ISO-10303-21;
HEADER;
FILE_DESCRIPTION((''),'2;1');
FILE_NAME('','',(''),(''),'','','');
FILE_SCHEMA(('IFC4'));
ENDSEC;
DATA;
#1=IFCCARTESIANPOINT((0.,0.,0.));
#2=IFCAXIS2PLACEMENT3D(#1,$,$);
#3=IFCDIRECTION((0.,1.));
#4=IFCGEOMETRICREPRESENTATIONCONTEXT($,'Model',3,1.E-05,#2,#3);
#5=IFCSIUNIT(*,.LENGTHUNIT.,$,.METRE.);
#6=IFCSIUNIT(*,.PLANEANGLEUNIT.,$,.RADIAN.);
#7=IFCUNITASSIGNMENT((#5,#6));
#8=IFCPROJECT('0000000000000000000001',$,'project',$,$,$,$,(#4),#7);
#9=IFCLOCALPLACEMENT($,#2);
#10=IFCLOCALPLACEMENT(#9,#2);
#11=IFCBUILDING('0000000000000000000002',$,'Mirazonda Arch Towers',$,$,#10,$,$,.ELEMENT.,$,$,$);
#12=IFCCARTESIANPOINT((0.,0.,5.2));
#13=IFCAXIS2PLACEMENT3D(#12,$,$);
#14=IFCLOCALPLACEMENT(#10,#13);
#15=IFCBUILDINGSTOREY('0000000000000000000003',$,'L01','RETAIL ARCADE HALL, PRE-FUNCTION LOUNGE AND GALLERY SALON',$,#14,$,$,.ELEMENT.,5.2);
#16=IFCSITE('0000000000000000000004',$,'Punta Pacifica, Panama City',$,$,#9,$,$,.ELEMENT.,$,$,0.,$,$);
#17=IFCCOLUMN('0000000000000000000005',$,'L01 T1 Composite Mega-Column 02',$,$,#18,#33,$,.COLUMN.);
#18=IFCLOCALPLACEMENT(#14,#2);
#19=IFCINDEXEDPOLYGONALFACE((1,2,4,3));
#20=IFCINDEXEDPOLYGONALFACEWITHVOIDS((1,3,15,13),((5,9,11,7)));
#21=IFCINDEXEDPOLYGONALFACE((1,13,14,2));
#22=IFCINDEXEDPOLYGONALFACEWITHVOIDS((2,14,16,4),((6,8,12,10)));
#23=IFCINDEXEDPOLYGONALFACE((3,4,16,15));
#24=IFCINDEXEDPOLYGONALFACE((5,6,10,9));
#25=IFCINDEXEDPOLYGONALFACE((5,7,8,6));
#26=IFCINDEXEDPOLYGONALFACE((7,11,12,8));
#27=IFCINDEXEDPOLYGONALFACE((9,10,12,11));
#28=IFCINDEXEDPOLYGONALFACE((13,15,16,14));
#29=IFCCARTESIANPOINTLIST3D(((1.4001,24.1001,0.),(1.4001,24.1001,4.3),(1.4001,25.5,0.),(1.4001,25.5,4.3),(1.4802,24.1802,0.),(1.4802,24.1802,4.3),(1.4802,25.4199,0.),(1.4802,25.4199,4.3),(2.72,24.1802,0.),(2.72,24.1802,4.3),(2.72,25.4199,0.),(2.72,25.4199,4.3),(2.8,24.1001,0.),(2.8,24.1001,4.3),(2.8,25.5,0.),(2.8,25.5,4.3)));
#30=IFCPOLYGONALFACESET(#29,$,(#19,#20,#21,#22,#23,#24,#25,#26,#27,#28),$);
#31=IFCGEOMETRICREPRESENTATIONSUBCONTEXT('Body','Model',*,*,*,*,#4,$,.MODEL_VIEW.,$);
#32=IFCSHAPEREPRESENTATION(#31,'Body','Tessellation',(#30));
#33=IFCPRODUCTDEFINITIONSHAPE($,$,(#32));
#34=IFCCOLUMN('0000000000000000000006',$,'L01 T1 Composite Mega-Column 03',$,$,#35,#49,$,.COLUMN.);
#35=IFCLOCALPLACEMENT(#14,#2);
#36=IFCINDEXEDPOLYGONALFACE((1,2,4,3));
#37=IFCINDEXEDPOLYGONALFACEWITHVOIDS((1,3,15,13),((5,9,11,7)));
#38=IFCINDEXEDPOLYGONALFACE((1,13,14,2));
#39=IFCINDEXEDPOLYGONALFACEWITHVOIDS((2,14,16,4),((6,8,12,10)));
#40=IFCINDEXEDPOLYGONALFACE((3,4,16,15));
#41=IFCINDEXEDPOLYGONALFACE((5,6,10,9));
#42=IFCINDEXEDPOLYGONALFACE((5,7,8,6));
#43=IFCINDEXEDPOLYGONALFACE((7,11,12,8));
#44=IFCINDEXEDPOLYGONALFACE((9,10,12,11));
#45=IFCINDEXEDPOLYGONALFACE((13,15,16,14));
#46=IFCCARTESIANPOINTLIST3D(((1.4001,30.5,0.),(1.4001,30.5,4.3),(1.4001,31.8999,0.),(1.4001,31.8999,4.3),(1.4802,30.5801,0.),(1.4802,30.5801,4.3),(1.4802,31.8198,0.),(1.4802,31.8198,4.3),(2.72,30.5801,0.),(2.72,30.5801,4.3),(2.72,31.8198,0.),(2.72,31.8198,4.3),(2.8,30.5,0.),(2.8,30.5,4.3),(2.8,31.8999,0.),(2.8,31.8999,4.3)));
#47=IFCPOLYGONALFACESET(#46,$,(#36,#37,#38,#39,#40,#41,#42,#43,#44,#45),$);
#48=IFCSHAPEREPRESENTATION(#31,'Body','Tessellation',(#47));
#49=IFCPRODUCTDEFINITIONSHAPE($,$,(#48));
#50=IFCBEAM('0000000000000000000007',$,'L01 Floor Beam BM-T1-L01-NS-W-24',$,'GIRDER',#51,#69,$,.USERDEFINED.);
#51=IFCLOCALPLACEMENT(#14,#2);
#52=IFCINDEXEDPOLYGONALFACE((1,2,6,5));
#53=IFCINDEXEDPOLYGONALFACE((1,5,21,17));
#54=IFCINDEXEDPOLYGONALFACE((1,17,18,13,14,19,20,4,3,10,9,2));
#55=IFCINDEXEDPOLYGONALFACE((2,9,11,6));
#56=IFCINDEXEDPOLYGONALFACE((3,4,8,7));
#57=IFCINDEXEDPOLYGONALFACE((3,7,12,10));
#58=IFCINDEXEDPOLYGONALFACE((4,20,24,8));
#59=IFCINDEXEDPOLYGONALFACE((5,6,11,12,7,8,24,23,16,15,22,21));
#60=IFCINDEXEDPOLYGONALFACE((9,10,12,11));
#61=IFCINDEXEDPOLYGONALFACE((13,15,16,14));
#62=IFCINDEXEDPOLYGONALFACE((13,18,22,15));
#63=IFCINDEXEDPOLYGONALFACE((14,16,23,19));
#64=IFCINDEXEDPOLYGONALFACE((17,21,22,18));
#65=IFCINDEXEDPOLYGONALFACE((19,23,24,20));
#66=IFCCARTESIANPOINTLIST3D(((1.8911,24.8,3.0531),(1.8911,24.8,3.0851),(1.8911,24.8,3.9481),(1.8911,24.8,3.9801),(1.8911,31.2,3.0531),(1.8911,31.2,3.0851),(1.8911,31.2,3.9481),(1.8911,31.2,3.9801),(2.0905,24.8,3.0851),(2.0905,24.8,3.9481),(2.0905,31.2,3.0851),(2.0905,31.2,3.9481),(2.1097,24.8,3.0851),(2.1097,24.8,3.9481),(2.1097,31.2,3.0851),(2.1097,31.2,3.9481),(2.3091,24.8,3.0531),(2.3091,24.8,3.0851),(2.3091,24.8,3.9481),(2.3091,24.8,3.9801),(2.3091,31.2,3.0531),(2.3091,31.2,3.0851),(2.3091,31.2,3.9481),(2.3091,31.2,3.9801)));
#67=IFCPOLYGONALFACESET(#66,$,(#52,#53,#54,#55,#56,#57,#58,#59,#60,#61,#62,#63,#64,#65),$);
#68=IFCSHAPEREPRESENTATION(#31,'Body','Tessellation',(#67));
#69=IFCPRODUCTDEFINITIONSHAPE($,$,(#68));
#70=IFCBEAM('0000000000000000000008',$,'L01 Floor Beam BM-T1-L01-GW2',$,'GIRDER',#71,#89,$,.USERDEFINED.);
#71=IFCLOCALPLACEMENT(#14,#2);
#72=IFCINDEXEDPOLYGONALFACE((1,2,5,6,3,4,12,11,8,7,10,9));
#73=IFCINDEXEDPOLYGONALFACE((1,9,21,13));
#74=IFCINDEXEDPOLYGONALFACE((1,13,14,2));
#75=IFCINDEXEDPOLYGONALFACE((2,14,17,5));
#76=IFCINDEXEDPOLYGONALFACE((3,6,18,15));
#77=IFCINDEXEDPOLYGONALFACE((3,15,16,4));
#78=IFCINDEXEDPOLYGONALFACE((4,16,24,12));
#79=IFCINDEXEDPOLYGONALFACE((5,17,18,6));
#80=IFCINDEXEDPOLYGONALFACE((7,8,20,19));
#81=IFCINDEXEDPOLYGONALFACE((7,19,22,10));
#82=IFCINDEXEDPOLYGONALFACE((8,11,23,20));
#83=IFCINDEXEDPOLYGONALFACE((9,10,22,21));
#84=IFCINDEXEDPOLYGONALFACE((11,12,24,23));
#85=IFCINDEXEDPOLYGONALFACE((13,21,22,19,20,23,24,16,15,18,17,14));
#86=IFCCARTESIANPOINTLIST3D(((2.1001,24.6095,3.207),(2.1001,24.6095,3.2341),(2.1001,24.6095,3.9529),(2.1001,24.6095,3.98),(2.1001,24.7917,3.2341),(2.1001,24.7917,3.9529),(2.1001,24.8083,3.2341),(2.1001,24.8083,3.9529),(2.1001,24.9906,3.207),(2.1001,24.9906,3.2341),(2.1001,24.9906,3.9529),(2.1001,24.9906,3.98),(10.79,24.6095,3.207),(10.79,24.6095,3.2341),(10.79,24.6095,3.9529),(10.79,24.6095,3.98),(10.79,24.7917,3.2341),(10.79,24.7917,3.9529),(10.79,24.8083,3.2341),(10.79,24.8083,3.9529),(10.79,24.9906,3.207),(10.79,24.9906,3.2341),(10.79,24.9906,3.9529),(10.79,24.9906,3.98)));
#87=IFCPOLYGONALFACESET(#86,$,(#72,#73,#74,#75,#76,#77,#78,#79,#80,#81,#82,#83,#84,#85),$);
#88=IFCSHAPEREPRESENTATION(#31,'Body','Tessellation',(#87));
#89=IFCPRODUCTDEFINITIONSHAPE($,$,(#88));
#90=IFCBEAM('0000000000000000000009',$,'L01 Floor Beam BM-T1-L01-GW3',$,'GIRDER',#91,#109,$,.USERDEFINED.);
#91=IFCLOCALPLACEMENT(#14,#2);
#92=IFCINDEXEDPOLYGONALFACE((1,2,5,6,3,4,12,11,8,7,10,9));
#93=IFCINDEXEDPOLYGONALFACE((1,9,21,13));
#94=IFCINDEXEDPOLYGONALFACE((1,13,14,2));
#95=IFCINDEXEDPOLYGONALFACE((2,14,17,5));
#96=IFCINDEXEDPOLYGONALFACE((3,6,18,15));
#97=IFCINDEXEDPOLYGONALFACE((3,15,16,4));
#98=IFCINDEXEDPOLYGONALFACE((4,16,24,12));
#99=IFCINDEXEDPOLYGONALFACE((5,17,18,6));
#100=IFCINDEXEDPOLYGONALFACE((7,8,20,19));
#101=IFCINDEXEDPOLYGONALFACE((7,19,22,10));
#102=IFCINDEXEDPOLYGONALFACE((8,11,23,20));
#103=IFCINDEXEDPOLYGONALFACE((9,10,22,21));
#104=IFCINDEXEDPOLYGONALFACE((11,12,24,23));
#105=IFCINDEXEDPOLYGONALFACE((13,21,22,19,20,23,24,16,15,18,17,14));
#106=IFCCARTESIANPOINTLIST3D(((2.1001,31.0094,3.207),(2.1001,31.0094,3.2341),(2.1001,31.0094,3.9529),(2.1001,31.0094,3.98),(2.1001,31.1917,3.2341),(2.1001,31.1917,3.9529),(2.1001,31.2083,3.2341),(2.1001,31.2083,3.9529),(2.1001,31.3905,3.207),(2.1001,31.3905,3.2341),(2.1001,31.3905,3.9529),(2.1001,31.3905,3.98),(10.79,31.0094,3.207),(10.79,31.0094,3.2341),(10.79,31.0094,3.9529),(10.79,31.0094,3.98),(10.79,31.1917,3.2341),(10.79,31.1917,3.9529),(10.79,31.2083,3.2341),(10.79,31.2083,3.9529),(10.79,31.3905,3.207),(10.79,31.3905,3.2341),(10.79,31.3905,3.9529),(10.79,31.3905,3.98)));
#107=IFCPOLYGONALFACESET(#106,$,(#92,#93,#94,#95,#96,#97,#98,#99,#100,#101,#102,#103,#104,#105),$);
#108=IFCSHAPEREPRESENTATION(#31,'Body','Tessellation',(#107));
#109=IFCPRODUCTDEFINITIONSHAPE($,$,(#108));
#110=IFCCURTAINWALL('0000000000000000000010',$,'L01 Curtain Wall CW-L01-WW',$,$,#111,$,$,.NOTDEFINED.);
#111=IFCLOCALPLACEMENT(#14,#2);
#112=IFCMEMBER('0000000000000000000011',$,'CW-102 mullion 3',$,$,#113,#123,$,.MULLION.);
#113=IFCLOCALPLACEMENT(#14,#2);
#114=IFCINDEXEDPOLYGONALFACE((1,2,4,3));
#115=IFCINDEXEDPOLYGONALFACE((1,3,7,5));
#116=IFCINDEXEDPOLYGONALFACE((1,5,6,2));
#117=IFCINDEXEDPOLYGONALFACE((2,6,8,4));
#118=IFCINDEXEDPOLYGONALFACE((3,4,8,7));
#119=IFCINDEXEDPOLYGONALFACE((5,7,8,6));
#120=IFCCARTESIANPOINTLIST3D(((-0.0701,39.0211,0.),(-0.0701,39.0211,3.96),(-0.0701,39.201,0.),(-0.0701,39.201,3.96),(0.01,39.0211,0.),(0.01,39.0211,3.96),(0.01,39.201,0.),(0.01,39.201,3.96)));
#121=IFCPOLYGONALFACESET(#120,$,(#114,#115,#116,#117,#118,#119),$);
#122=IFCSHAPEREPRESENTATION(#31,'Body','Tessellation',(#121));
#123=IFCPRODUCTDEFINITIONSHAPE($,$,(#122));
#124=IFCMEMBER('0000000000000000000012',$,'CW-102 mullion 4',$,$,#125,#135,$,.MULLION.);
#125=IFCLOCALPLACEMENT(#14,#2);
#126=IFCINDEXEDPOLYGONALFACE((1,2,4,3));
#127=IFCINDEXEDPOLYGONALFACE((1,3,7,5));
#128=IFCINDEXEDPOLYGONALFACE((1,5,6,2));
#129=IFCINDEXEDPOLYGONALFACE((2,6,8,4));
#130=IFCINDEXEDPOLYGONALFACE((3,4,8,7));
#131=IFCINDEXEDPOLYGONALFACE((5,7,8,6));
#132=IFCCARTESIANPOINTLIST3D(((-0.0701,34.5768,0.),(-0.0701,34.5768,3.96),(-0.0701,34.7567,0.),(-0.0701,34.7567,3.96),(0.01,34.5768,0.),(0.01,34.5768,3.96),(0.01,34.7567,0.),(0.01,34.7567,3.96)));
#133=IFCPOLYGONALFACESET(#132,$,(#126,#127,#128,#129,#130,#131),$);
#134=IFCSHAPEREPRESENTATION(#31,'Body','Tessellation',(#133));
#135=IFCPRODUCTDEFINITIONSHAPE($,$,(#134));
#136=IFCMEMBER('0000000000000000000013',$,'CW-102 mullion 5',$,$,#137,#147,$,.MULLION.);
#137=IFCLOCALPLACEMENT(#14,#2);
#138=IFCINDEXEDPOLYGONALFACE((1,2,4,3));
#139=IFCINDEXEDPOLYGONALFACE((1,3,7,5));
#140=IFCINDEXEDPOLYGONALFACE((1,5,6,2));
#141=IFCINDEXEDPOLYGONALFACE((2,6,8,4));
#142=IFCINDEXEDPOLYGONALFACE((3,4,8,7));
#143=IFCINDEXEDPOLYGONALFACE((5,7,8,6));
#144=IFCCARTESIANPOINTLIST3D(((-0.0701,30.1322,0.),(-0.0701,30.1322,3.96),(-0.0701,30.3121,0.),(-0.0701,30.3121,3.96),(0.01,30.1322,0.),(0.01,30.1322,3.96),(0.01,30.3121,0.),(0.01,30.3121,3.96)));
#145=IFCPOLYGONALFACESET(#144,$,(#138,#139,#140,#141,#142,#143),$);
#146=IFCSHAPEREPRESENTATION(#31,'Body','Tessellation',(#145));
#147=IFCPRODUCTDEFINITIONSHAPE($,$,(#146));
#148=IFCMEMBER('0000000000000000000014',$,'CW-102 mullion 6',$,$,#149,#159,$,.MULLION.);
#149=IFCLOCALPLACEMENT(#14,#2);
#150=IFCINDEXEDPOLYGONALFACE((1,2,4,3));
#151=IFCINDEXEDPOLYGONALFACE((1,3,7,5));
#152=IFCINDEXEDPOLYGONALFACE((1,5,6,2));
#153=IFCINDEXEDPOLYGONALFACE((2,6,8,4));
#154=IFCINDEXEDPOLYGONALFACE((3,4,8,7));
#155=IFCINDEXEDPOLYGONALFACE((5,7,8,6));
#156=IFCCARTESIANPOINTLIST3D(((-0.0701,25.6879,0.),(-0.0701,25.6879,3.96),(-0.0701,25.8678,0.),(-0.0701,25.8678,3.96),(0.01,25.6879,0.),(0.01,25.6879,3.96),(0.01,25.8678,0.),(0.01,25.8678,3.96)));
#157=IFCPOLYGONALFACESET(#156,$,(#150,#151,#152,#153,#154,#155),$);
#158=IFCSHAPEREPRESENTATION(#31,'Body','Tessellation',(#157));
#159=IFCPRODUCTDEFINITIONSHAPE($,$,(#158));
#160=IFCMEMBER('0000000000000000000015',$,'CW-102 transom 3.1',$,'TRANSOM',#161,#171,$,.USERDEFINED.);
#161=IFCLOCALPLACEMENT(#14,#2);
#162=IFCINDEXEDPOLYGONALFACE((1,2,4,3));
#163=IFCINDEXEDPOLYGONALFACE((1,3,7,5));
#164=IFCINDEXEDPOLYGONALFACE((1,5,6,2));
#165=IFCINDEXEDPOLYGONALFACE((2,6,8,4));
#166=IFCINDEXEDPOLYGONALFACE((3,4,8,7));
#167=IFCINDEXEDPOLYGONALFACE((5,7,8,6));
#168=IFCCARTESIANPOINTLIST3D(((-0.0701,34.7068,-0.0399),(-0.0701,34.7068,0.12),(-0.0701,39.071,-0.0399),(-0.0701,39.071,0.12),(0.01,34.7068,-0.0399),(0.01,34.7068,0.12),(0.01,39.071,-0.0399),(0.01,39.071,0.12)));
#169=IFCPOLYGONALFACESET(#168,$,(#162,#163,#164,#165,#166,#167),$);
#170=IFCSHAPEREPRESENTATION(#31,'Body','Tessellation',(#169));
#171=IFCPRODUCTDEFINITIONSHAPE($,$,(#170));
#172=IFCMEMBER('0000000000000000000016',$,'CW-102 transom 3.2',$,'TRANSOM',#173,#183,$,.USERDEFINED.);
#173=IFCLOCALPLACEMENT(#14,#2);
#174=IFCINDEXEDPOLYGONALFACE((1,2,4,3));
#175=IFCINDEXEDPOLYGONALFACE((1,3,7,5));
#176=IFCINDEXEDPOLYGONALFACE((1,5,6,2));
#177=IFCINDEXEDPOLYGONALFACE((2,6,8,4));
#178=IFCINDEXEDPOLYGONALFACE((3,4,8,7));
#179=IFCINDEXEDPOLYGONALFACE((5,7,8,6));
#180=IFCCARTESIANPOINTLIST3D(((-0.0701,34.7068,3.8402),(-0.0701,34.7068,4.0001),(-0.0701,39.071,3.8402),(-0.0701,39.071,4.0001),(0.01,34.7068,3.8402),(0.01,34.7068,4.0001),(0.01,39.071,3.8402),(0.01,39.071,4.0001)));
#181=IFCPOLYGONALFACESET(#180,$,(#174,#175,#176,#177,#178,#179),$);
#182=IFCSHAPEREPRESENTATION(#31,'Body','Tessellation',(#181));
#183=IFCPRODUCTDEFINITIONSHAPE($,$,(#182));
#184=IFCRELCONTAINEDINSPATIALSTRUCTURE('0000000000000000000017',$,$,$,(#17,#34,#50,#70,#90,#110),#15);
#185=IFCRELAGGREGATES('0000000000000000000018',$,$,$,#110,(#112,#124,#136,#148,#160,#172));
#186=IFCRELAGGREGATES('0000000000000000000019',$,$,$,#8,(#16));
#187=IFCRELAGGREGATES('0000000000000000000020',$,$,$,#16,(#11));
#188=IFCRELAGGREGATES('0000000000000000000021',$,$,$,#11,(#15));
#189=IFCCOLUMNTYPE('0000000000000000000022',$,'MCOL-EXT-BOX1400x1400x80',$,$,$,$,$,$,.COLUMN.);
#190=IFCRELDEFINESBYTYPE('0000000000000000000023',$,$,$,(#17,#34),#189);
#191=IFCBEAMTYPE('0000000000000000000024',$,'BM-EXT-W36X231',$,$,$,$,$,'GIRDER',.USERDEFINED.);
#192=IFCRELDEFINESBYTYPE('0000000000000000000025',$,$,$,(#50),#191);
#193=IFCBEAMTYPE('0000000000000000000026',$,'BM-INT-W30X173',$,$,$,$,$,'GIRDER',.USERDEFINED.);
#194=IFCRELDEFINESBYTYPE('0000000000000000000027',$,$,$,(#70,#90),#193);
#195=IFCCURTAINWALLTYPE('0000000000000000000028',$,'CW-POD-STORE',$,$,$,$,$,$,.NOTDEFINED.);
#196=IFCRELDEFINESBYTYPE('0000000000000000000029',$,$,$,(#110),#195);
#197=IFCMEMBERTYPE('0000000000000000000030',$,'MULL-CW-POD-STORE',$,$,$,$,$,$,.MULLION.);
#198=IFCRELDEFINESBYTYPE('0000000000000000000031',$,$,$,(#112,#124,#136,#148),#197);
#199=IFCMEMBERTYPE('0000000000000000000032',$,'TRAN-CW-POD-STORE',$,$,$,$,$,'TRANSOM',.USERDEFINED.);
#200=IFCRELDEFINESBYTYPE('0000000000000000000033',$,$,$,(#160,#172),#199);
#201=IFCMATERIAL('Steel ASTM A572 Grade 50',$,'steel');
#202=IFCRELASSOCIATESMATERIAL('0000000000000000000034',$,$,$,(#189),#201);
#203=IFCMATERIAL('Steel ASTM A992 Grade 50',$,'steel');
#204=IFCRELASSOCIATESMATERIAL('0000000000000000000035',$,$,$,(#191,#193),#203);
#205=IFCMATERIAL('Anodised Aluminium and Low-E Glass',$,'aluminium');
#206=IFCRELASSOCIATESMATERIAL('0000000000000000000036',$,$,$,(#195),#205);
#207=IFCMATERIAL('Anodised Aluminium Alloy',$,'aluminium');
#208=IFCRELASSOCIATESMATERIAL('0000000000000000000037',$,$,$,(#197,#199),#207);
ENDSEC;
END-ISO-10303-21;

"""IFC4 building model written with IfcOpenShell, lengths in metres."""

from ifc_helpers import new_model, si_unit, direction, frame, origin, origin_2d, place, context, subcontext, project, spatial, rectangle, hollow_rectangle, i_section, extrude, material, material_profile, profile_set, type_object, element, aggregate, save


model = new_model("IFC4")

# Units and contexts
model_context = context("Model", 3, precision=1e-05, world=origin(), true_north=direction((0.0, 1.0)))
body_context = subcontext(model_context, "Body", "Model", "MODEL_VIEW")
ifc_project = project(units=[si_unit("LENGTHUNIT", "METRE"), si_unit("PLANEANGLEUNIT", "RADIAN")], contexts=[model_context])

# Site, building, storey
site_placement = place(None, origin())
site = spatial("IfcSite", under=ifc_project, at=site_placement, Name="Punta Pacifica, Panama City", CompositionType="ELEMENT", RefElevation=0.0)
building_placement = place(site_placement, origin())
building = spatial("IfcBuilding", under=site, at=building_placement, Name="Mirazonda Arch Towers", CompositionType="ELEMENT")
storey_placement = place(building_placement, frame((0.0, 0.0, 5.2)))
storey = spatial("IfcBuildingStorey", under=building, at=storey_placement, Name="L01", Description="RETAIL ARCADE HALL, PRE-FUNCTION LOUNGE AND GALLERY SALON", CompositionType="ELEMENT", Elevation=5.2)

# Columns
ifc_material_1 = material(Name="Steel ASTM A572 Grade 50", Category="steel")
ifc_material_profile_1 = material_profile(ifc_material_1, hollow_rectangle(XDim=1.3999, YDim=1.3999, WallThickness=0.0801, at=origin_2d()), Name="BOX1400x1400x80")
ifc_profile_set_1 = profile_set([ifc_material_profile_1], Name="Steel ASTM A572 Grade 50")
column_type = type_object("IfcColumnType", Name="MCOL-EXT-BOX1400x1400x80", PredefinedType="COLUMN", material=ifc_profile_set_1)
for number, where, z_axis, x_axis, name in (
    (1, (2.1001, 24.8, 0.0), (0.0, 0.0, 1.0), (1.0, 0.0, 0.0), "L01 T1 Composite Mega-Column 02"),
    (2, (2.1001, 31.2, 0.0), (0.0, 0.0, 1.0), (1.0, 0.0, 0.0), "L01 T1 Composite Mega-Column 03"),
):
    element("IfcColumn", number, at=place(storey_placement, frame(where, z_axis=z_axis, x_axis=x_axis)), inside=storey, type_object=column_type, Name=name, PredefinedType="COLUMN", context=body_context, shape_type="SweptSolid", body=[
        extrude(hollow_rectangle(XDim=1.3999, YDim=1.3999, WallThickness=0.0801, at=origin_2d()), origin(), (0.0, 0.0, 1.0), 4.3),
    ])

# Beams
ifc_material_2 = material(Name="Steel ASTM A992 Grade 50", Category="steel")
ifc_material_profile_2 = material_profile(ifc_material_2, i_section(OverallWidth=0.418, OverallDepth=0.927, WebThickness=0.0193, FlangeThickness=0.032, at=origin_2d()), Name="W36X231")
ifc_profile_set_2 = profile_set([ifc_material_profile_2], Name="Steel ASTM A992 Grade 50")
beam_type_1 = type_object("IfcBeamType", Name="BM-EXT-W36X231", ElementType="GIRDER", PredefinedType="USERDEFINED", material=ifc_profile_set_2)
beam_placement = place(storey_placement, frame((2.1001, 24.8, 3.5166), z_axis=(0.0, 1.0, 0.0), x_axis=(-1.0, 0.0, 0.0)))
element("IfcBeam", 3, at=beam_placement, inside=storey, type_object=beam_type_1, Name="L01 Floor Beam BM-T1-L01-NS-W-24", ObjectType="GIRDER", PredefinedType="USERDEFINED", context=body_context, shape_type="SweptSolid", body=[
    extrude(i_section(OverallWidth=0.418, OverallDepth=0.927, WebThickness=0.0193, FlangeThickness=0.032, at=origin_2d()), origin(), (0.0, 0.0, 1.0), 6.3999),
])
ifc_material_profile_3 = material_profile(ifc_material_2, i_section(OverallWidth=0.3811, OverallDepth=0.7729, WebThickness=0.0166, FlangeThickness=0.0271, at=origin_2d()), Name="W30X173")
ifc_profile_set_3 = profile_set([ifc_material_profile_3], Name="Steel ASTM A992 Grade 50")
beam_type_2 = type_object("IfcBeamType", Name="BM-INT-W30X173", ElementType="GIRDER", PredefinedType="USERDEFINED", material=ifc_profile_set_3)
for number, where, z_axis, x_axis, name in (
    (4, (2.1001, 24.8, 3.5935), (1.0, 0.0, 0.0), (0.0, 1.0, 0.0), "L01 Floor Beam BM-T1-L01-GW2"),
    (5, (2.1001, 31.2, 3.5935), (1.0, 0.0, 0.0), (0.0, 1.0, 0.0), "L01 Floor Beam BM-T1-L01-GW3"),
):
    element("IfcBeam", number, at=place(storey_placement, frame(where, z_axis=z_axis, x_axis=x_axis)), inside=storey, type_object=beam_type_2, Name=name, ObjectType="GIRDER", PredefinedType="USERDEFINED", context=body_context, shape_type="SweptSolid", body=[
        extrude(i_section(OverallWidth=0.3811, OverallDepth=0.7729, WebThickness=0.0166, FlangeThickness=0.0271, at=origin_2d()), origin(), (0.0, 0.0, 1.0), 8.6899),
    ])

# Curtain wall, members
ifc_material_3 = material(Name="Anodised Aluminium and Low-E Glass", Category="aluminium")
curtain_wall_type = type_object("IfcCurtainWallType", Name="CW-POD-STORE", PredefinedType="NOTDEFINED", material=ifc_material_3)
curtain_wall_placement = place(storey_placement, origin())
curtain_wall = element("IfcCurtainWall", 6, at=curtain_wall_placement, inside=storey, type_object=curtain_wall_type, Name="L01 Curtain Wall CW-L01-WW", PredefinedType="NOTDEFINED")
ifc_material_4 = material(Name="Anodised Aluminium Alloy", Category="aluminium")
ifc_material_profile_4 = material_profile(ifc_material_4, rectangle(XDim=0.0801, YDim=0.1799, at=origin_2d()), Name="ALU-MULL-80x180")
ifc_profile_set_4 = profile_set([ifc_material_profile_4], Name="Anodised Aluminium Alloy")
member_type_1 = type_object("IfcMemberType", Name="MULL-CW-POD-STORE", PredefinedType="MULLION", material=ifc_profile_set_4)
member_1_placement = place(storey_placement, frame((-0.03, 39.1111, 0.0), z_axis=(0.0, 0.0, 1.0), x_axis=(1.0, 0.0, 0.0)))
member_1 = element("IfcMember", 7, at=member_1_placement, type_object=member_type_1, Name="CW-102 mullion 3", PredefinedType="MULLION", context=body_context, shape_type="SweptSolid", body=[
    extrude(rectangle(XDim=0.0801, YDim=0.1799, at=origin_2d()), origin(), (0.0, 0.0, 1.0), 3.96),
])
member_2_placement = place(storey_placement, frame((-0.03, 34.6667, 0.0), z_axis=(0.0, 0.0, 1.0), x_axis=(1.0, 0.0, 0.0)))
member_2 = element("IfcMember", 8, at=member_2_placement, type_object=member_type_1, Name="CW-102 mullion 4", PredefinedType="MULLION", context=body_context, shape_type="SweptSolid", body=[
    extrude(rectangle(XDim=0.0801, YDim=0.1799, at=origin_2d()), origin(), (0.0, 0.0, 1.0), 3.96),
])
member_3_placement = place(storey_placement, frame((-0.03, 30.2222, 0.0), z_axis=(0.0, 0.0, 1.0), x_axis=(1.0, 0.0, 0.0)))
member_3 = element("IfcMember", 9, at=member_3_placement, type_object=member_type_1, Name="CW-102 mullion 5", PredefinedType="MULLION", context=body_context, shape_type="SweptSolid", body=[
    extrude(rectangle(XDim=0.0801, YDim=0.1799, at=origin_2d()), origin(), (0.0, 0.0, 1.0), 3.96),
])
member_4_placement = place(storey_placement, frame((-0.03, 25.7778, 0.0), z_axis=(0.0, 0.0, 1.0), x_axis=(1.0, 0.0, 0.0)))
member_4 = element("IfcMember", 10, at=member_4_placement, type_object=member_type_1, Name="CW-102 mullion 6", PredefinedType="MULLION", context=body_context, shape_type="SweptSolid", body=[
    extrude(rectangle(XDim=0.0801, YDim=0.1799, at=origin_2d()), origin(), (0.0, 0.0, 1.0), 3.96),
])
ifc_material_profile_5 = material_profile(ifc_material_4, rectangle(XDim=0.0801, YDim=0.1599, at=origin_2d()), Name="ALU-TRAN-80x160")
ifc_profile_set_5 = profile_set([ifc_material_profile_5], Name="Anodised Aluminium Alloy")
member_type_2 = type_object("IfcMemberType", Name="TRAN-CW-POD-STORE", ElementType="TRANSOM", PredefinedType="USERDEFINED", material=ifc_profile_set_5)
member_5_placement = place(storey_placement, frame((-0.03, 39.071, 0.04), z_axis=(0.0, -1.0, 0.0), x_axis=(1.0, 0.0, 0.0)))
member_5 = element("IfcMember", 11, at=member_5_placement, type_object=member_type_2, Name="CW-102 transom 3.1", ObjectType="TRANSOM", PredefinedType="USERDEFINED", context=body_context, shape_type="SweptSolid", body=[
    extrude(rectangle(XDim=0.0801, YDim=0.1599, at=origin_2d()), origin(), (0.0, 0.0, 1.0), 4.3643),
])
member_6_placement = place(storey_placement, frame((-0.03, 39.071, 3.9202), z_axis=(0.0, -1.0, 0.0), x_axis=(1.0, 0.0, 0.0)))
member_6 = element("IfcMember", 12, at=member_6_placement, type_object=member_type_2, Name="CW-102 transom 3.2", ObjectType="TRANSOM", PredefinedType="USERDEFINED", context=body_context, shape_type="SweptSolid", body=[
    extrude(rectangle(XDim=0.0801, YDim=0.1599, at=origin_2d()), origin(), (0.0, 0.0, 1.0), 4.3643),
])
aggregate(curtain_wall, [member_1, member_2, member_3, member_4, member_5, member_6])

save(model, "model.ifc")
